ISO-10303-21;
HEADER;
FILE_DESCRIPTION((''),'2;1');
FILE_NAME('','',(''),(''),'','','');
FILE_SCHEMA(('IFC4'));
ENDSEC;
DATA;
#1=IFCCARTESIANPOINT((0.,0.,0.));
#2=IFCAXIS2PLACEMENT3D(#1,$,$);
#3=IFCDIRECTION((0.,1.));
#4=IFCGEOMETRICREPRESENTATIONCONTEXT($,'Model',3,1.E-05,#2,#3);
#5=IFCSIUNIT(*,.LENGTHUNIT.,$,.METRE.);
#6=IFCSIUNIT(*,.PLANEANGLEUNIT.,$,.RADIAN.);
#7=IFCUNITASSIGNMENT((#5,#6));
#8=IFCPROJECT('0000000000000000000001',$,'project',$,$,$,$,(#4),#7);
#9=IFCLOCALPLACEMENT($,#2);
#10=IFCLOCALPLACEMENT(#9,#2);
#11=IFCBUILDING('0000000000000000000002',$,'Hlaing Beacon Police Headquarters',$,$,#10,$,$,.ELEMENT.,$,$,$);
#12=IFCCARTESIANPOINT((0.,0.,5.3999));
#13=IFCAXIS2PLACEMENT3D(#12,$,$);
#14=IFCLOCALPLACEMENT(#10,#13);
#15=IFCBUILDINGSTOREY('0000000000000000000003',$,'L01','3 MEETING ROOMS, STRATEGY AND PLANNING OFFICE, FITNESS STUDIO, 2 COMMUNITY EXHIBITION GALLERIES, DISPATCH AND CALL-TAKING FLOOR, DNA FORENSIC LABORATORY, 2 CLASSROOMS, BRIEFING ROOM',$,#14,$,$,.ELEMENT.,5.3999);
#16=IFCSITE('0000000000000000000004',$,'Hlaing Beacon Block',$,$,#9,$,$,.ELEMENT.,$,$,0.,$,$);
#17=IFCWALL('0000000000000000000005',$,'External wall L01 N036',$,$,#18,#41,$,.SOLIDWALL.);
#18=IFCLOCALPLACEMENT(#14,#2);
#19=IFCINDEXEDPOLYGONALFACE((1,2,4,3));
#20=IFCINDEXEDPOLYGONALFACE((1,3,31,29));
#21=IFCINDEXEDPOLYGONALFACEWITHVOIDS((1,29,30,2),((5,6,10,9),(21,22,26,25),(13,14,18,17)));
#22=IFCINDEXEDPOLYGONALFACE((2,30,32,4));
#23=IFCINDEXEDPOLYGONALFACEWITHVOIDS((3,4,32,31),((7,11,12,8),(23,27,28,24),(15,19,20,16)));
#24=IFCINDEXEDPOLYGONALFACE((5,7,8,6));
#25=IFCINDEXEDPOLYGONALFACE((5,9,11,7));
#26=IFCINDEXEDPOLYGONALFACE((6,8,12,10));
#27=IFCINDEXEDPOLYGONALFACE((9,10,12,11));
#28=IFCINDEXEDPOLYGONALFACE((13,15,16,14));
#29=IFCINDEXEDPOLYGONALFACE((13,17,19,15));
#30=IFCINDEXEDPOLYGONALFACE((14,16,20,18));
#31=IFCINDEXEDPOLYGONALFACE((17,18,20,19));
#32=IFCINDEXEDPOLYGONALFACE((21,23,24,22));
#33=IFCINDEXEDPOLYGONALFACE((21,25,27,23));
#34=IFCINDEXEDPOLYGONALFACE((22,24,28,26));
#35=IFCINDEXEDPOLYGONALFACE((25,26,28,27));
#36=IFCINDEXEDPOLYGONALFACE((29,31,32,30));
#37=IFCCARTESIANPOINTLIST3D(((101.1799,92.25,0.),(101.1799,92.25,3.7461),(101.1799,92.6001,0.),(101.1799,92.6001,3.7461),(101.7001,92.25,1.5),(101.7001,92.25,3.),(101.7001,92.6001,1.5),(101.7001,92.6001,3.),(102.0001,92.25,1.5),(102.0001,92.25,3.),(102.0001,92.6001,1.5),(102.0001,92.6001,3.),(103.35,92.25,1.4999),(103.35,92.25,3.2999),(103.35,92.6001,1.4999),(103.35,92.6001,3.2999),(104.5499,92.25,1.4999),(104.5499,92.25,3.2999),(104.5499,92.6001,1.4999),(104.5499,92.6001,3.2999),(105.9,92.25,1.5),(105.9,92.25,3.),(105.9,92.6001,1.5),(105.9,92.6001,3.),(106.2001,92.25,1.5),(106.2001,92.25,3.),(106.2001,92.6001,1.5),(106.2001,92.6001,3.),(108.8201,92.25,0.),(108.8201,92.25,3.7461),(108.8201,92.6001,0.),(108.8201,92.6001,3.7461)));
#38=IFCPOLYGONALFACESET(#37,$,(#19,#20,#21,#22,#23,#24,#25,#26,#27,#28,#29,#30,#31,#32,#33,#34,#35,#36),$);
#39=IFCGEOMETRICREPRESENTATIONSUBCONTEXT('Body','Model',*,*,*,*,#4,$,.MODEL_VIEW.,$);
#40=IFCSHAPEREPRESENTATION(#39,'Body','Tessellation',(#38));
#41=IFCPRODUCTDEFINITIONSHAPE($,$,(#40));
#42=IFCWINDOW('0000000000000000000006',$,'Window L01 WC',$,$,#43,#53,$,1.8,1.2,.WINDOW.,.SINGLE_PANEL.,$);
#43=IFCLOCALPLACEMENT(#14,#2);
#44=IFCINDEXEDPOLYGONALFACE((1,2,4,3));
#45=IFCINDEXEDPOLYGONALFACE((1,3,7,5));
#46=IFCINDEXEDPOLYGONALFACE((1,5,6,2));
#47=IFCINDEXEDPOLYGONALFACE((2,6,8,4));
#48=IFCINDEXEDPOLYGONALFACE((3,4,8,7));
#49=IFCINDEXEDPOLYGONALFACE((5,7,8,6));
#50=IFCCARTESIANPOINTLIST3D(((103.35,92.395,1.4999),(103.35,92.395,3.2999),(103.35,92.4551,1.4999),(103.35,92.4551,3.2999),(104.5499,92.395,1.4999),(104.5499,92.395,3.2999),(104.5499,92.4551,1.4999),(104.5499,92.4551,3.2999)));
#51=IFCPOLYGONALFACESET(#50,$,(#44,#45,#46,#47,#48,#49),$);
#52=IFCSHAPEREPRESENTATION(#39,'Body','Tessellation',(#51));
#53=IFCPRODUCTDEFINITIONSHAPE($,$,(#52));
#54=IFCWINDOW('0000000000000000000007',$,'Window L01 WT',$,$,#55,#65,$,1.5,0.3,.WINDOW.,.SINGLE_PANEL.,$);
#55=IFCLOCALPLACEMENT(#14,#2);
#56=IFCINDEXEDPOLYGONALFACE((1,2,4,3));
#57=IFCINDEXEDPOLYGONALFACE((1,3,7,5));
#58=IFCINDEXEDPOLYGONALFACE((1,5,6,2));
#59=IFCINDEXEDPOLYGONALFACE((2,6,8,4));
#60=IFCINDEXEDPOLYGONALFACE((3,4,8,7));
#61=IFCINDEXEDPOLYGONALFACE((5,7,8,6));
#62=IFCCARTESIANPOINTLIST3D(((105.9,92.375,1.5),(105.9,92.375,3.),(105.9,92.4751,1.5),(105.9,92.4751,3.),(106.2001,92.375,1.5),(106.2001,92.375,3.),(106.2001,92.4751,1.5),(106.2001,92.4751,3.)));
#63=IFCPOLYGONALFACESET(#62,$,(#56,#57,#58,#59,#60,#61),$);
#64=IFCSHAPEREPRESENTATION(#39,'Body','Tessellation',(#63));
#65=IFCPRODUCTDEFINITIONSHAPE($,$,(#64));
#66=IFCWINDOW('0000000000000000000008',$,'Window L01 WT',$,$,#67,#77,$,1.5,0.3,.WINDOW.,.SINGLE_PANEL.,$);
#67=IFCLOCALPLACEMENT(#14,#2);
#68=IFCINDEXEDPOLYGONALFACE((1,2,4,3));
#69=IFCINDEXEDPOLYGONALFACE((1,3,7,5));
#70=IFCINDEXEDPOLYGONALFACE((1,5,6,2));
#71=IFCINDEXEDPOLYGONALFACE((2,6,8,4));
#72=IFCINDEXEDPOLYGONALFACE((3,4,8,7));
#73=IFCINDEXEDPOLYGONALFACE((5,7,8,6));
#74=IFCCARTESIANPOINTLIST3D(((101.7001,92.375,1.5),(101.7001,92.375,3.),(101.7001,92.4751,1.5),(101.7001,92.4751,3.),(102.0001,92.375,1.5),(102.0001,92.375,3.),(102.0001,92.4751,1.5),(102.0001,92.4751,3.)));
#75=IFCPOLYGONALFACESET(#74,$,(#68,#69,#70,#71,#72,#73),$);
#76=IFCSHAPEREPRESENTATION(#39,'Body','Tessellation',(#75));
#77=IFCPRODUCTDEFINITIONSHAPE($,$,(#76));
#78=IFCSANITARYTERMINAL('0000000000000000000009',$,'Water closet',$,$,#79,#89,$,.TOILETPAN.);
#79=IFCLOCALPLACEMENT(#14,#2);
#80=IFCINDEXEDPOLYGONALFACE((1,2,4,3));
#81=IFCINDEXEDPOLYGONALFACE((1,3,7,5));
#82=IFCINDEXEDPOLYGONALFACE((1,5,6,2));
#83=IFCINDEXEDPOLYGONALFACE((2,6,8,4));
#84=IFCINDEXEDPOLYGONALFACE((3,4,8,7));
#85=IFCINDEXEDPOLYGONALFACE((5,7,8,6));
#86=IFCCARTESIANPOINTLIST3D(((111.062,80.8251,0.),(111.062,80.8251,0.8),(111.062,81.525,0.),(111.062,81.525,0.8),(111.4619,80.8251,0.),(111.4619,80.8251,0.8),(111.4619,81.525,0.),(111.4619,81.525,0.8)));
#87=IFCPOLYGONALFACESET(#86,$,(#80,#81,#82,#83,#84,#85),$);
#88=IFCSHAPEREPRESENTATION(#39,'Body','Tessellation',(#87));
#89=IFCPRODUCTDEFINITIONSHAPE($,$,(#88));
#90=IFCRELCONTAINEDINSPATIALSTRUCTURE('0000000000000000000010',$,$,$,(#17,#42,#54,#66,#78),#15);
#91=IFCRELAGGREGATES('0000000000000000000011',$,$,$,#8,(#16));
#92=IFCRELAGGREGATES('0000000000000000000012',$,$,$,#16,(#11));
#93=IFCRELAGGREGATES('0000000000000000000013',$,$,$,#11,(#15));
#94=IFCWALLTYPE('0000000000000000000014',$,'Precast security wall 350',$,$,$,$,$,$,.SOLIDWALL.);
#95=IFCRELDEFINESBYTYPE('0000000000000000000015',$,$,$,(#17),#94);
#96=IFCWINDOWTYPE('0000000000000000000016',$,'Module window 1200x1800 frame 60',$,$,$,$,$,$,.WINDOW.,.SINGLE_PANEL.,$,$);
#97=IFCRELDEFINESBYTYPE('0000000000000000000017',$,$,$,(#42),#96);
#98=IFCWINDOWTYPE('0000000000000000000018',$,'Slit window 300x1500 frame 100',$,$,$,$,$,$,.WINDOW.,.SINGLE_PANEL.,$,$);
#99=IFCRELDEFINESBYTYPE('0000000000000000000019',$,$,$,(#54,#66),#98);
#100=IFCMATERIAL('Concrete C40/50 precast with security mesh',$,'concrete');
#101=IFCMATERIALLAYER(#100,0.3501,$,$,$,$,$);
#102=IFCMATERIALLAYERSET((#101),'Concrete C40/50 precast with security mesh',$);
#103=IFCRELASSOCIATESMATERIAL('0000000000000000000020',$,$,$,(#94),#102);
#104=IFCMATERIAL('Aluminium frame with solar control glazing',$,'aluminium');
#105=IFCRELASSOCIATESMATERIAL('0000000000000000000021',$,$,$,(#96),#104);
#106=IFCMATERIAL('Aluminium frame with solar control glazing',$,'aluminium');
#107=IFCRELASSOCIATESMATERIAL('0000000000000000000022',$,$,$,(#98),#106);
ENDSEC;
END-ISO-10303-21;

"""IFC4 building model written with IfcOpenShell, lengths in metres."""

from ifc_helpers import new_model, si_unit, direction, frame, frame_2d, origin, origin_2d, place, context, subcontext, project, spatial, rectangle, extrude, material, layer, layer_set, type_object, element, fill, save


model = new_model("IFC4")

# Units and contexts
model_context = context("Model", 3, precision=1e-05, world=origin(), true_north=direction((0.0, 1.0)))
body_context = subcontext(model_context, "Body", "Model", "MODEL_VIEW")
ifc_project = project(units=[si_unit("LENGTHUNIT", "METRE"), si_unit("PLANEANGLEUNIT", "RADIAN")], contexts=[model_context])

# Site, building, storey
site_placement = place(None, origin())
site = spatial("IfcSite", under=ifc_project, at=site_placement, Name="Hlaing Beacon Block", CompositionType="ELEMENT", RefElevation=0.0)
building_placement = place(site_placement, origin())
building = spatial("IfcBuilding", under=site, at=building_placement, Name="Hlaing Beacon Police Headquarters", CompositionType="ELEMENT")
storey_placement = place(building_placement, frame((0.0, 0.0, 5.3999)))
storey = spatial("IfcBuildingStorey", under=building, at=storey_placement, Name="L01", Description="3 MEETING ROOMS, STRATEGY AND PLANNING OFFICE, FITNESS STUDIO, 2 COMMUNITY EXHIBITION GALLERIES, DISPATCH AND CALL-TAKING FLOOR, DNA FORENSIC LABORATORY, 2 CLASSROOMS, BRIEFING ROOM", CompositionType="ELEMENT", Elevation=5.3999)

# Wall, openings, windows
ifc_material_1 = material(Name="Concrete C40/50 precast with security mesh", Category="concrete")
ifc_layer_1 = layer(ifc_material_1, 0.3501)
ifc_layer_set_1 = layer_set([ifc_layer_1], Name="Concrete C40/50 precast with security mesh")
wall_type_1 = type_object("IfcWallType", Name="Precast security wall 350", PredefinedType="SOLIDWALL", material=ifc_layer_set_1)
wall_1_placement = place(storey_placement, frame((108.8201, 92.425, 0.0), z_axis=(0.0, 0.0, 1.0), x_axis=(-1.0, 0.0, 0.0)))
wall_1 = element("IfcWall", 1, at=wall_1_placement, inside=storey, type_object=wall_type_1, Name="External wall L01 N036", PredefinedType="SOLIDWALL", context=body_context, shape_type="SweptSolid", body=[
    extrude(rectangle(XDim=7.6401, YDim=0.3501, at=frame_2d((3.8201, 0.0))), origin(), (0.0, 0.0, 1.0), 3.7461),
])
opening_1_placement = place(wall_1_placement, frame((2.6201, 0.0, 1.5)))
opening_1 = element("IfcOpeningElement", 2, at=opening_1_placement, cuts=wall_1, PredefinedType="OPENING", context=body_context, shape_type="SweptSolid", body=[
    extrude(rectangle(XDim=0.3, YDim=1.5, at=frame_2d((0.1499, 0.75))), frame((0.0, 0.1851, 0.0), z_axis=(0.0, -1.0, 0.0), x_axis=(1.0, 0.0, 0.0)), (0.0, 0.0, 1.0), 0.3701),
])
opening_2_placement = place(wall_1_placement, frame((4.27, 0.0, 1.5)))
opening_2 = element("IfcOpeningElement", 3, at=opening_2_placement, cuts=wall_1, PredefinedType="OPENING", context=body_context, shape_type="SweptSolid", body=[
    extrude(rectangle(XDim=1.2, YDim=1.8, at=frame_2d((0.6001, 0.8999))), frame((0.0, 0.1851, 0.0), z_axis=(0.0, -1.0, 0.0), x_axis=(1.0, 0.0, 0.0)), (0.0, 0.0, 1.0), 0.3701),
])
opening_3_placement = place(wall_1_placement, frame((6.8201, 0.0, 1.5)))
opening_3 = element("IfcOpeningElement", 4, at=opening_3_placement, cuts=wall_1, PredefinedType="OPENING", context=body_context, shape_type="SweptSolid", body=[
    extrude(rectangle(XDim=0.3, YDim=1.5, at=frame_2d((0.1499, 0.75))), frame((0.0, 0.1851, 0.0), z_axis=(0.0, -1.0, 0.0), x_axis=(1.0, 0.0, 0.0)), (0.0, 0.0, 1.0), 0.3701),
])
ifc_material_2 = material(Name="Aluminium frame with solar control glazing", Category="aluminium")
window_type_1 = type_object("IfcWindowType", Name="Module window 1200x1800 frame 60", PartitioningType="SINGLE_PANEL", PredefinedType="WINDOW", material=ifc_material_2)
window_1_placement = place(opening_2_placement, origin())
window_1 = element("IfcWindow", 5, at=window_1_placement, inside=storey, type_object=window_type_1, Name="Window L01 WC", OverallHeight=1.8, OverallWidth=1.2, PartitioningType="SINGLE_PANEL", PredefinedType="WINDOW", context=body_context, shape_type="SweptSolid", body=[
    extrude(rectangle(XDim=1.2, YDim=1.8, at=frame_2d((0.6001, 0.8999))), frame((0.0, 0.03, 0.0), z_axis=(0.0, -1.0, 0.0), x_axis=(1.0, 0.0, 0.0)), (0.0, 0.0, 1.0), 0.0601),
])
fill(opening_2, window_1)
ifc_material_3 = material(Name="Aluminium frame with solar control glazing", Category="aluminium")
window_type_2 = type_object("IfcWindowType", Name="Slit window 300x1500 frame 100", PartitioningType="SINGLE_PANEL", PredefinedType="WINDOW", material=ifc_material_3)
window_2_placement = place(opening_1_placement, origin())
window_2 = element("IfcWindow", 6, at=window_2_placement, inside=storey, type_object=window_type_2, Name="Window L01 WT", OverallHeight=1.5, OverallWidth=0.3, PartitioningType="SINGLE_PANEL", PredefinedType="WINDOW", context=body_context, shape_type="SweptSolid", body=[
    extrude(rectangle(XDim=0.3, YDim=1.5, at=frame_2d((0.1499, 0.75))), frame((0.0, 0.05, 0.0), z_axis=(0.0, -1.0, 0.0), x_axis=(1.0, 0.0, 0.0)), (0.0, 0.0, 1.0), 0.1001),
])
fill(opening_1, window_2)
window_3_placement = place(opening_3_placement, origin())
window_3 = element("IfcWindow", 7, at=window_3_placement, inside=storey, type_object=window_type_2, Name="Window L01 WT", OverallHeight=1.5, OverallWidth=0.3, PartitioningType="SINGLE_PANEL", PredefinedType="WINDOW", context=body_context, shape_type="SweptSolid", body=[
    extrude(rectangle(XDim=0.3, YDim=1.5, at=frame_2d((0.1499, 0.75))), frame((0.0, 0.05, 0.0), z_axis=(0.0, -1.0, 0.0), x_axis=(1.0, 0.0, 0.0)), (0.0, 0.0, 1.0), 0.1001),
])
fill(opening_3, window_3)

# Sanitary terminal
sanitary_terminal_placement = place(storey_placement, frame((111.262, 81.175, 0.0), z_axis=(0.0, 0.0, 1.0), x_axis=(1.0, 0.0, 0.0)))
element("IfcSanitaryTerminal", 8, at=sanitary_terminal_placement, inside=storey, Name="Water closet", PredefinedType="TOILETPAN", context=body_context, shape_type="SweptSolid", body=[
    extrude(rectangle(XDim=0.3999, YDim=0.7, at=origin_2d()), origin(), (0.0, 0.0, 1.0), 0.8),
])

save(model, "model.ifc")
